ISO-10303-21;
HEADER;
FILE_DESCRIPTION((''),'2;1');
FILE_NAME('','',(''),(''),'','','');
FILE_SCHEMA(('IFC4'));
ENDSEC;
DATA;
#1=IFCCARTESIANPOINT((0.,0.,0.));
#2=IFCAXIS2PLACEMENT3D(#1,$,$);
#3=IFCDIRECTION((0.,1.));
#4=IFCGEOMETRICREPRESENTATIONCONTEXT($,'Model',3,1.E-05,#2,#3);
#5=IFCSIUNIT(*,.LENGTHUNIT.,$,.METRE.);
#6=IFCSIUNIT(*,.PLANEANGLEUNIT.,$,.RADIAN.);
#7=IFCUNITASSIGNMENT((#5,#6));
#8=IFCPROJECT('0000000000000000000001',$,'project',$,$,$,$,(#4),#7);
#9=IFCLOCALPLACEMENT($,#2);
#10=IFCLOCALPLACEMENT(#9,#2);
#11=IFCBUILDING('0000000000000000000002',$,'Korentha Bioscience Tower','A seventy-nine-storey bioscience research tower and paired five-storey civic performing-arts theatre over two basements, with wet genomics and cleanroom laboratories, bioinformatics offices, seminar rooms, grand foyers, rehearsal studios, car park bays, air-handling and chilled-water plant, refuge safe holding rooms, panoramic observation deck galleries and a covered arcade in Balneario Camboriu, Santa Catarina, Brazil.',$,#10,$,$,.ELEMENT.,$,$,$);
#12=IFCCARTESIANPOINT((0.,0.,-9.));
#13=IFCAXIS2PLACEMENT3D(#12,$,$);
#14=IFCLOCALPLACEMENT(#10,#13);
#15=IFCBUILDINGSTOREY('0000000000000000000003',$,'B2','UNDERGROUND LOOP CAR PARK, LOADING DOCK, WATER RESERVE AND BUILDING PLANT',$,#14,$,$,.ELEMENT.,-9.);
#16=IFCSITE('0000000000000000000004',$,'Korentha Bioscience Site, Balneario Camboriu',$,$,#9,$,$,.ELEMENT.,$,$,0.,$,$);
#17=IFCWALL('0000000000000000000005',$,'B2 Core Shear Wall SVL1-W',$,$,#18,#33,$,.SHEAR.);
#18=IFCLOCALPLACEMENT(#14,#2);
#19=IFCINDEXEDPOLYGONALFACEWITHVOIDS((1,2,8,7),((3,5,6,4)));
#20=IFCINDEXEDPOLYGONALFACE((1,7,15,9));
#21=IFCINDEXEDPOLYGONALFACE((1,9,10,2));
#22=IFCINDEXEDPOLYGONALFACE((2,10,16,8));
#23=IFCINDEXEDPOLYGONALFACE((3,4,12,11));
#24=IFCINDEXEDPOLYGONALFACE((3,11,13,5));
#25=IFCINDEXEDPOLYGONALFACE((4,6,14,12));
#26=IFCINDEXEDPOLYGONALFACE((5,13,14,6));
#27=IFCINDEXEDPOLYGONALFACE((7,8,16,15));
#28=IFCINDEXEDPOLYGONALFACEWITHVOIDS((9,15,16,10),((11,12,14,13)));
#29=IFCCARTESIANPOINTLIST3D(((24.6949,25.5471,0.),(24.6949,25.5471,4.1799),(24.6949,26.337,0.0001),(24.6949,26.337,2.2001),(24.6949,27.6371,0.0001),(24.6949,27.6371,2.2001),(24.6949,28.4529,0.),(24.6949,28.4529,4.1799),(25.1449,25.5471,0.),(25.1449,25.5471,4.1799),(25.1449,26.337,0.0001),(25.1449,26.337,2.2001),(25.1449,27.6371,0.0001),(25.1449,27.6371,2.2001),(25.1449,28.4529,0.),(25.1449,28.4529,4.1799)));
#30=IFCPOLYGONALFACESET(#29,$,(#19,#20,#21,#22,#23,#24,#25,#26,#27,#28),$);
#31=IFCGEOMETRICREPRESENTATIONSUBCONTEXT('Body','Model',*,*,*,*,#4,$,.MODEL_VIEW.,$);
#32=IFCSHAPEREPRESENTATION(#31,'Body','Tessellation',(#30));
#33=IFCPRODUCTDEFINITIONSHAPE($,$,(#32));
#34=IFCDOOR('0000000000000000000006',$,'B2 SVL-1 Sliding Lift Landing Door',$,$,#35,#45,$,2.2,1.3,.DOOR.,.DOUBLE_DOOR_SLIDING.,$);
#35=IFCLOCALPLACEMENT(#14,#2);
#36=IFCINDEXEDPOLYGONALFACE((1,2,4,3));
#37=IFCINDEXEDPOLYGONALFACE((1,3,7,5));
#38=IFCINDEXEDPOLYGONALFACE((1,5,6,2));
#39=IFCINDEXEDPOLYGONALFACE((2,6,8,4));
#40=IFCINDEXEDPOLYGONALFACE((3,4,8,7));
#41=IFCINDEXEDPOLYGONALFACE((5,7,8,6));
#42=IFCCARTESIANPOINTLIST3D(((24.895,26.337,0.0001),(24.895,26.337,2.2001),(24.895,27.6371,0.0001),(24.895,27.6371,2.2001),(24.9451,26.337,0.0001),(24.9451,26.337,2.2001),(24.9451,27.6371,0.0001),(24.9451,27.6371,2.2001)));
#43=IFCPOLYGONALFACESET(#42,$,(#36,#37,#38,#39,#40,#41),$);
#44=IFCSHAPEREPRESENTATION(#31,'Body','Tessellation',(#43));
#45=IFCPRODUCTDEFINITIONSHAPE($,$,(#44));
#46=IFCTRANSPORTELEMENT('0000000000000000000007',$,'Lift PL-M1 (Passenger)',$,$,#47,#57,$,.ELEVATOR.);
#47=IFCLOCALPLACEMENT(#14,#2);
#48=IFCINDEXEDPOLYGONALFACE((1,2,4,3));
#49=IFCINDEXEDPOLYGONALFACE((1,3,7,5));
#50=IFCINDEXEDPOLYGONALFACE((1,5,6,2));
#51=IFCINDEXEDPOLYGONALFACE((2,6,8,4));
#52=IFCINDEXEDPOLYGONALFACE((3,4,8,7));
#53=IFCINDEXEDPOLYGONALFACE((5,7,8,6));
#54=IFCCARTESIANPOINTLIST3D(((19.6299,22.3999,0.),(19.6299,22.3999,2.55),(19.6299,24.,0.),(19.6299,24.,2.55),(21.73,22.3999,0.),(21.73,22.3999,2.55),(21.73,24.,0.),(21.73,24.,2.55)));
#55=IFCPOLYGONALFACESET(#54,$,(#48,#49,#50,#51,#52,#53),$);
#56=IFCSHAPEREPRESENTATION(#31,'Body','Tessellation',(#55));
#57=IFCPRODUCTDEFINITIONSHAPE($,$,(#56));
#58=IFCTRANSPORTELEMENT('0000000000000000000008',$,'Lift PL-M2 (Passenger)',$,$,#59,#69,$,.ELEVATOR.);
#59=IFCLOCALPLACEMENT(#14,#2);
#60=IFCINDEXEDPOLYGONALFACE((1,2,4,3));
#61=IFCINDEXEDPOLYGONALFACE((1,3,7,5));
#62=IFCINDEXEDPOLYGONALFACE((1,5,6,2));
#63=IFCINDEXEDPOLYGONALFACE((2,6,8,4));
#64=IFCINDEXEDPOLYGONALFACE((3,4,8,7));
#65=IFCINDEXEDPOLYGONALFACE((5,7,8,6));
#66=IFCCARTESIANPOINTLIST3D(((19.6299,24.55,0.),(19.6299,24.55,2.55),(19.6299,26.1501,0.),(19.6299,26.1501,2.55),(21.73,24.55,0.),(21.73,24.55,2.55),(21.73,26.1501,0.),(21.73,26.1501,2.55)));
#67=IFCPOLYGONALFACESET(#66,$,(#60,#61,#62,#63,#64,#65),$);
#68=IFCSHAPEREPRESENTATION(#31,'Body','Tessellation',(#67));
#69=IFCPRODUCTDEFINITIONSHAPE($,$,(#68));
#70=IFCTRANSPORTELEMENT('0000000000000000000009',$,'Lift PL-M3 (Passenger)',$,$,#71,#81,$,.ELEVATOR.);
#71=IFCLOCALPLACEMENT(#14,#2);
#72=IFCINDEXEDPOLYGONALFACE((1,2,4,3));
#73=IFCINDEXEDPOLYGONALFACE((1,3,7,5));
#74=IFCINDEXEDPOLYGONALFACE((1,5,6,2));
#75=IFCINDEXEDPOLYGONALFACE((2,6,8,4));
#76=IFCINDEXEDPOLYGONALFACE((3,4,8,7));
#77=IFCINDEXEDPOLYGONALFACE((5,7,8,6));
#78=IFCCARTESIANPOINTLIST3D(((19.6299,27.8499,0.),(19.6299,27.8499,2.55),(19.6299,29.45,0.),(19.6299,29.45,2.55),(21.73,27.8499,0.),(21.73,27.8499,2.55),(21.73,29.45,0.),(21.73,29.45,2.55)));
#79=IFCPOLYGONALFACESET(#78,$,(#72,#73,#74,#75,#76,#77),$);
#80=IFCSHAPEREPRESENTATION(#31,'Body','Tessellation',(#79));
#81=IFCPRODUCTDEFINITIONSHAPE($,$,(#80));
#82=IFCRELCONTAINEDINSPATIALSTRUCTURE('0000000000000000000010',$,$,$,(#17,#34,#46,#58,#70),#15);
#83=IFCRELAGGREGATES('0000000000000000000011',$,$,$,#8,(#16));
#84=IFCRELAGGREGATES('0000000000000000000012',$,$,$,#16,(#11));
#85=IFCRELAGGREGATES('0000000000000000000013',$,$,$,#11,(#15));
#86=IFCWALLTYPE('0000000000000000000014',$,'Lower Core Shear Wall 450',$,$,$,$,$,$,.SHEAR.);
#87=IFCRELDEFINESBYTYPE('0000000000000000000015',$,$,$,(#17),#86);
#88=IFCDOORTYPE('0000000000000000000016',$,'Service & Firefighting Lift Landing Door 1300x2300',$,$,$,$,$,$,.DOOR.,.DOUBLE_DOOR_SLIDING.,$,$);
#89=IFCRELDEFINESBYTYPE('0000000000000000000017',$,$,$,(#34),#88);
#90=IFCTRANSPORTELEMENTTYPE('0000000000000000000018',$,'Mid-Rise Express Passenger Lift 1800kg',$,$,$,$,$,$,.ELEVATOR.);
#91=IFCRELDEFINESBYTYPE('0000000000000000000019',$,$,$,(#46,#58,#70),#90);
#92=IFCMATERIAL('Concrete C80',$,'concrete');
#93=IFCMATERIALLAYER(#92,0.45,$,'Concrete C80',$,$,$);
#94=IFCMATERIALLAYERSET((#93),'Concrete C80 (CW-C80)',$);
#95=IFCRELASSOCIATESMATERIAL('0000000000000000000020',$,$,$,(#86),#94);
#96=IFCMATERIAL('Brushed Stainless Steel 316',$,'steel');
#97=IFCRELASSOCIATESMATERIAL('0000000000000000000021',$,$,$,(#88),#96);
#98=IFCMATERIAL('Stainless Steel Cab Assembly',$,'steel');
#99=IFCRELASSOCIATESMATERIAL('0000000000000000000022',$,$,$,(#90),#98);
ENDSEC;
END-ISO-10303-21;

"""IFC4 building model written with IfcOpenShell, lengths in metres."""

from ifc_helpers import new_model, si_unit, direction, frame, frame_2d, origin, origin_2d, place, context, subcontext, project, spatial, rectangle, extrude, material, layer, layer_set, type_object, element, fill, save


model = new_model("IFC4")

# Units and contexts
model_context = context("Model", 3, precision=1e-05, world=origin(), true_north=direction((0.0, 1.0)))
body_context = subcontext(model_context, "Body", "Model", "MODEL_VIEW")
ifc_project = project(units=[si_unit("LENGTHUNIT", "METRE"), si_unit("PLANEANGLEUNIT", "RADIAN")], contexts=[model_context])

# Site, building, storey
site_placement = place(None, origin())
site = spatial("IfcSite", under=ifc_project, at=site_placement, Name="Korentha Bioscience Site, Balneario Camboriu", CompositionType="ELEMENT", RefElevation=0.0)
building_placement = place(site_placement, origin())
building = spatial("IfcBuilding", under=site, at=building_placement, Name="Korentha Bioscience Tower", Description="A seventy-nine-storey bioscience research tower and paired five-storey civic performing-arts theatre over two basements, with wet genomics and cleanroom laboratories, bioinformatics offices, seminar rooms, grand foyers, rehearsal studios, car park bays, air-handling and chilled-water plant, refuge safe holding rooms, panoramic observation deck galleries and a covered arcade in Balneario Camboriu, Santa Catarina, Brazil.", CompositionType="ELEMENT")
storey_placement = place(building_placement, frame((0.0, 0.0, -9.0)))
storey = spatial("IfcBuildingStorey", under=building, at=storey_placement, Name="B2", Description="UNDERGROUND LOOP CAR PARK, LOADING DOCK, WATER RESERVE AND BUILDING PLANT", CompositionType="ELEMENT", Elevation=-9.0)

# Shared definitions
ifc_material_1 = material(Name="Concrete C80", Category="concrete")
ifc_layer_1 = layer(ifc_material_1, 0.45, Name="Concrete C80")
ifc_layer_set_1 = layer_set([ifc_layer_1], Name="Concrete C80 (CW-C80)")
wall_type_1 = type_object("IfcWallType", Name="Lower Core Shear Wall 450", PredefinedType="SHEAR", material=ifc_layer_set_1)

# Wall, opening, door
wall_1_placement = place(storey_placement, frame((24.9199, 25.5471, 0.0), z_axis=(0.0, 0.0, 1.0), x_axis=(0.0, 1.0, 0.0)))
wall_1 = element("IfcWall", 1, at=wall_1_placement, inside=storey, type_object=wall_type_1, Name="B2 Core Shear Wall SVL1-W", PredefinedType="SHEAR", context=body_context, shape_type="SweptSolid", body=[
    extrude(rectangle(XDim=2.9058, YDim=0.45, at=frame_2d((1.4529, 0.0))), origin(), (0.0, 0.0, 1.0), 4.1799),
])
opening_1_placement = place(wall_1_placement, frame((0.79, 0.0, 0.0)))
opening_1 = element("IfcOpeningElement", 2, at=opening_1_placement, cuts=wall_1, PredefinedType="OPENING", context=body_context, shape_type="SweptSolid", body=[
    extrude(rectangle(XDim=1.3, YDim=2.2, at=frame_2d((0.6499, 1.1001))), frame((0.0, 0.2397, 0.0), z_axis=(0.0, -1.0, 0.0), x_axis=(1.0, 0.0, 0.0)), (0.0, 0.0, 1.0), 0.4797),
])
ifc_material_2 = material(Name="Brushed Stainless Steel 316", Category="steel")
door_type_1 = type_object("IfcDoorType", Name="Service & Firefighting Lift Landing Door 1300x2300", OperationType="DOUBLE_DOOR_SLIDING", PredefinedType="DOOR", material=ifc_material_2)
door_1_placement = place(opening_1_placement, origin())
door_1 = element("IfcDoor", 3, at=door_1_placement, inside=storey, type_object=door_type_1, Name="B2 SVL-1 Sliding Lift Landing Door", OperationType="DOUBLE_DOOR_SLIDING", OverallHeight=2.2, OverallWidth=1.3, PredefinedType="DOOR", context=body_context, shape_type="SweptSolid", body=[
    extrude(rectangle(XDim=1.3, YDim=2.2, at=frame_2d((0.6499, 1.1001))), frame((0.0, 0.0249, 0.0), z_axis=(0.0, -1.0, 0.0), x_axis=(1.0, 0.0, 0.0)), (0.0, 0.0, 1.0), 0.05),
])
fill(opening_1, door_1)

# Transport elements
ifc_material_3 = material(Name="Stainless Steel Cab Assembly", Category="steel")
transport_element_type = type_object("IfcTransportElementType", Name="Mid-Rise Express Passenger Lift 1800kg", PredefinedType="ELEVATOR", material=ifc_material_3)
for number, where, z_axis, x_axis, name in (
    (4, (20.6799, 23.2, 0.0), (0.0, 0.0, 1.0), (0.0, 1.0, 0.0), "Lift PL-M1 (Passenger)"),
    (5, (20.6799, 25.3501, 0.0), (0.0, 0.0, 1.0), (0.0, 1.0, 0.0), "Lift PL-M2 (Passenger)"),
    (6, (20.6799, 28.6499, 0.0), (0.0, 0.0, 1.0), (0.0, 1.0, 0.0), "Lift PL-M3 (Passenger)"),
):
    element("IfcTransportElement", number, at=place(storey_placement, frame(where, z_axis=z_axis, x_axis=x_axis)), inside=storey, type_object=transport_element_type, Name=name, PredefinedType="ELEVATOR", context=body_context, shape_type="SweptSolid", body=[
        extrude(rectangle(XDim=1.6001, YDim=2.1001, at=origin_2d()), origin(), (0.0, 0.0, 1.0), 2.55),
    ])

save(model, "model.ifc")
